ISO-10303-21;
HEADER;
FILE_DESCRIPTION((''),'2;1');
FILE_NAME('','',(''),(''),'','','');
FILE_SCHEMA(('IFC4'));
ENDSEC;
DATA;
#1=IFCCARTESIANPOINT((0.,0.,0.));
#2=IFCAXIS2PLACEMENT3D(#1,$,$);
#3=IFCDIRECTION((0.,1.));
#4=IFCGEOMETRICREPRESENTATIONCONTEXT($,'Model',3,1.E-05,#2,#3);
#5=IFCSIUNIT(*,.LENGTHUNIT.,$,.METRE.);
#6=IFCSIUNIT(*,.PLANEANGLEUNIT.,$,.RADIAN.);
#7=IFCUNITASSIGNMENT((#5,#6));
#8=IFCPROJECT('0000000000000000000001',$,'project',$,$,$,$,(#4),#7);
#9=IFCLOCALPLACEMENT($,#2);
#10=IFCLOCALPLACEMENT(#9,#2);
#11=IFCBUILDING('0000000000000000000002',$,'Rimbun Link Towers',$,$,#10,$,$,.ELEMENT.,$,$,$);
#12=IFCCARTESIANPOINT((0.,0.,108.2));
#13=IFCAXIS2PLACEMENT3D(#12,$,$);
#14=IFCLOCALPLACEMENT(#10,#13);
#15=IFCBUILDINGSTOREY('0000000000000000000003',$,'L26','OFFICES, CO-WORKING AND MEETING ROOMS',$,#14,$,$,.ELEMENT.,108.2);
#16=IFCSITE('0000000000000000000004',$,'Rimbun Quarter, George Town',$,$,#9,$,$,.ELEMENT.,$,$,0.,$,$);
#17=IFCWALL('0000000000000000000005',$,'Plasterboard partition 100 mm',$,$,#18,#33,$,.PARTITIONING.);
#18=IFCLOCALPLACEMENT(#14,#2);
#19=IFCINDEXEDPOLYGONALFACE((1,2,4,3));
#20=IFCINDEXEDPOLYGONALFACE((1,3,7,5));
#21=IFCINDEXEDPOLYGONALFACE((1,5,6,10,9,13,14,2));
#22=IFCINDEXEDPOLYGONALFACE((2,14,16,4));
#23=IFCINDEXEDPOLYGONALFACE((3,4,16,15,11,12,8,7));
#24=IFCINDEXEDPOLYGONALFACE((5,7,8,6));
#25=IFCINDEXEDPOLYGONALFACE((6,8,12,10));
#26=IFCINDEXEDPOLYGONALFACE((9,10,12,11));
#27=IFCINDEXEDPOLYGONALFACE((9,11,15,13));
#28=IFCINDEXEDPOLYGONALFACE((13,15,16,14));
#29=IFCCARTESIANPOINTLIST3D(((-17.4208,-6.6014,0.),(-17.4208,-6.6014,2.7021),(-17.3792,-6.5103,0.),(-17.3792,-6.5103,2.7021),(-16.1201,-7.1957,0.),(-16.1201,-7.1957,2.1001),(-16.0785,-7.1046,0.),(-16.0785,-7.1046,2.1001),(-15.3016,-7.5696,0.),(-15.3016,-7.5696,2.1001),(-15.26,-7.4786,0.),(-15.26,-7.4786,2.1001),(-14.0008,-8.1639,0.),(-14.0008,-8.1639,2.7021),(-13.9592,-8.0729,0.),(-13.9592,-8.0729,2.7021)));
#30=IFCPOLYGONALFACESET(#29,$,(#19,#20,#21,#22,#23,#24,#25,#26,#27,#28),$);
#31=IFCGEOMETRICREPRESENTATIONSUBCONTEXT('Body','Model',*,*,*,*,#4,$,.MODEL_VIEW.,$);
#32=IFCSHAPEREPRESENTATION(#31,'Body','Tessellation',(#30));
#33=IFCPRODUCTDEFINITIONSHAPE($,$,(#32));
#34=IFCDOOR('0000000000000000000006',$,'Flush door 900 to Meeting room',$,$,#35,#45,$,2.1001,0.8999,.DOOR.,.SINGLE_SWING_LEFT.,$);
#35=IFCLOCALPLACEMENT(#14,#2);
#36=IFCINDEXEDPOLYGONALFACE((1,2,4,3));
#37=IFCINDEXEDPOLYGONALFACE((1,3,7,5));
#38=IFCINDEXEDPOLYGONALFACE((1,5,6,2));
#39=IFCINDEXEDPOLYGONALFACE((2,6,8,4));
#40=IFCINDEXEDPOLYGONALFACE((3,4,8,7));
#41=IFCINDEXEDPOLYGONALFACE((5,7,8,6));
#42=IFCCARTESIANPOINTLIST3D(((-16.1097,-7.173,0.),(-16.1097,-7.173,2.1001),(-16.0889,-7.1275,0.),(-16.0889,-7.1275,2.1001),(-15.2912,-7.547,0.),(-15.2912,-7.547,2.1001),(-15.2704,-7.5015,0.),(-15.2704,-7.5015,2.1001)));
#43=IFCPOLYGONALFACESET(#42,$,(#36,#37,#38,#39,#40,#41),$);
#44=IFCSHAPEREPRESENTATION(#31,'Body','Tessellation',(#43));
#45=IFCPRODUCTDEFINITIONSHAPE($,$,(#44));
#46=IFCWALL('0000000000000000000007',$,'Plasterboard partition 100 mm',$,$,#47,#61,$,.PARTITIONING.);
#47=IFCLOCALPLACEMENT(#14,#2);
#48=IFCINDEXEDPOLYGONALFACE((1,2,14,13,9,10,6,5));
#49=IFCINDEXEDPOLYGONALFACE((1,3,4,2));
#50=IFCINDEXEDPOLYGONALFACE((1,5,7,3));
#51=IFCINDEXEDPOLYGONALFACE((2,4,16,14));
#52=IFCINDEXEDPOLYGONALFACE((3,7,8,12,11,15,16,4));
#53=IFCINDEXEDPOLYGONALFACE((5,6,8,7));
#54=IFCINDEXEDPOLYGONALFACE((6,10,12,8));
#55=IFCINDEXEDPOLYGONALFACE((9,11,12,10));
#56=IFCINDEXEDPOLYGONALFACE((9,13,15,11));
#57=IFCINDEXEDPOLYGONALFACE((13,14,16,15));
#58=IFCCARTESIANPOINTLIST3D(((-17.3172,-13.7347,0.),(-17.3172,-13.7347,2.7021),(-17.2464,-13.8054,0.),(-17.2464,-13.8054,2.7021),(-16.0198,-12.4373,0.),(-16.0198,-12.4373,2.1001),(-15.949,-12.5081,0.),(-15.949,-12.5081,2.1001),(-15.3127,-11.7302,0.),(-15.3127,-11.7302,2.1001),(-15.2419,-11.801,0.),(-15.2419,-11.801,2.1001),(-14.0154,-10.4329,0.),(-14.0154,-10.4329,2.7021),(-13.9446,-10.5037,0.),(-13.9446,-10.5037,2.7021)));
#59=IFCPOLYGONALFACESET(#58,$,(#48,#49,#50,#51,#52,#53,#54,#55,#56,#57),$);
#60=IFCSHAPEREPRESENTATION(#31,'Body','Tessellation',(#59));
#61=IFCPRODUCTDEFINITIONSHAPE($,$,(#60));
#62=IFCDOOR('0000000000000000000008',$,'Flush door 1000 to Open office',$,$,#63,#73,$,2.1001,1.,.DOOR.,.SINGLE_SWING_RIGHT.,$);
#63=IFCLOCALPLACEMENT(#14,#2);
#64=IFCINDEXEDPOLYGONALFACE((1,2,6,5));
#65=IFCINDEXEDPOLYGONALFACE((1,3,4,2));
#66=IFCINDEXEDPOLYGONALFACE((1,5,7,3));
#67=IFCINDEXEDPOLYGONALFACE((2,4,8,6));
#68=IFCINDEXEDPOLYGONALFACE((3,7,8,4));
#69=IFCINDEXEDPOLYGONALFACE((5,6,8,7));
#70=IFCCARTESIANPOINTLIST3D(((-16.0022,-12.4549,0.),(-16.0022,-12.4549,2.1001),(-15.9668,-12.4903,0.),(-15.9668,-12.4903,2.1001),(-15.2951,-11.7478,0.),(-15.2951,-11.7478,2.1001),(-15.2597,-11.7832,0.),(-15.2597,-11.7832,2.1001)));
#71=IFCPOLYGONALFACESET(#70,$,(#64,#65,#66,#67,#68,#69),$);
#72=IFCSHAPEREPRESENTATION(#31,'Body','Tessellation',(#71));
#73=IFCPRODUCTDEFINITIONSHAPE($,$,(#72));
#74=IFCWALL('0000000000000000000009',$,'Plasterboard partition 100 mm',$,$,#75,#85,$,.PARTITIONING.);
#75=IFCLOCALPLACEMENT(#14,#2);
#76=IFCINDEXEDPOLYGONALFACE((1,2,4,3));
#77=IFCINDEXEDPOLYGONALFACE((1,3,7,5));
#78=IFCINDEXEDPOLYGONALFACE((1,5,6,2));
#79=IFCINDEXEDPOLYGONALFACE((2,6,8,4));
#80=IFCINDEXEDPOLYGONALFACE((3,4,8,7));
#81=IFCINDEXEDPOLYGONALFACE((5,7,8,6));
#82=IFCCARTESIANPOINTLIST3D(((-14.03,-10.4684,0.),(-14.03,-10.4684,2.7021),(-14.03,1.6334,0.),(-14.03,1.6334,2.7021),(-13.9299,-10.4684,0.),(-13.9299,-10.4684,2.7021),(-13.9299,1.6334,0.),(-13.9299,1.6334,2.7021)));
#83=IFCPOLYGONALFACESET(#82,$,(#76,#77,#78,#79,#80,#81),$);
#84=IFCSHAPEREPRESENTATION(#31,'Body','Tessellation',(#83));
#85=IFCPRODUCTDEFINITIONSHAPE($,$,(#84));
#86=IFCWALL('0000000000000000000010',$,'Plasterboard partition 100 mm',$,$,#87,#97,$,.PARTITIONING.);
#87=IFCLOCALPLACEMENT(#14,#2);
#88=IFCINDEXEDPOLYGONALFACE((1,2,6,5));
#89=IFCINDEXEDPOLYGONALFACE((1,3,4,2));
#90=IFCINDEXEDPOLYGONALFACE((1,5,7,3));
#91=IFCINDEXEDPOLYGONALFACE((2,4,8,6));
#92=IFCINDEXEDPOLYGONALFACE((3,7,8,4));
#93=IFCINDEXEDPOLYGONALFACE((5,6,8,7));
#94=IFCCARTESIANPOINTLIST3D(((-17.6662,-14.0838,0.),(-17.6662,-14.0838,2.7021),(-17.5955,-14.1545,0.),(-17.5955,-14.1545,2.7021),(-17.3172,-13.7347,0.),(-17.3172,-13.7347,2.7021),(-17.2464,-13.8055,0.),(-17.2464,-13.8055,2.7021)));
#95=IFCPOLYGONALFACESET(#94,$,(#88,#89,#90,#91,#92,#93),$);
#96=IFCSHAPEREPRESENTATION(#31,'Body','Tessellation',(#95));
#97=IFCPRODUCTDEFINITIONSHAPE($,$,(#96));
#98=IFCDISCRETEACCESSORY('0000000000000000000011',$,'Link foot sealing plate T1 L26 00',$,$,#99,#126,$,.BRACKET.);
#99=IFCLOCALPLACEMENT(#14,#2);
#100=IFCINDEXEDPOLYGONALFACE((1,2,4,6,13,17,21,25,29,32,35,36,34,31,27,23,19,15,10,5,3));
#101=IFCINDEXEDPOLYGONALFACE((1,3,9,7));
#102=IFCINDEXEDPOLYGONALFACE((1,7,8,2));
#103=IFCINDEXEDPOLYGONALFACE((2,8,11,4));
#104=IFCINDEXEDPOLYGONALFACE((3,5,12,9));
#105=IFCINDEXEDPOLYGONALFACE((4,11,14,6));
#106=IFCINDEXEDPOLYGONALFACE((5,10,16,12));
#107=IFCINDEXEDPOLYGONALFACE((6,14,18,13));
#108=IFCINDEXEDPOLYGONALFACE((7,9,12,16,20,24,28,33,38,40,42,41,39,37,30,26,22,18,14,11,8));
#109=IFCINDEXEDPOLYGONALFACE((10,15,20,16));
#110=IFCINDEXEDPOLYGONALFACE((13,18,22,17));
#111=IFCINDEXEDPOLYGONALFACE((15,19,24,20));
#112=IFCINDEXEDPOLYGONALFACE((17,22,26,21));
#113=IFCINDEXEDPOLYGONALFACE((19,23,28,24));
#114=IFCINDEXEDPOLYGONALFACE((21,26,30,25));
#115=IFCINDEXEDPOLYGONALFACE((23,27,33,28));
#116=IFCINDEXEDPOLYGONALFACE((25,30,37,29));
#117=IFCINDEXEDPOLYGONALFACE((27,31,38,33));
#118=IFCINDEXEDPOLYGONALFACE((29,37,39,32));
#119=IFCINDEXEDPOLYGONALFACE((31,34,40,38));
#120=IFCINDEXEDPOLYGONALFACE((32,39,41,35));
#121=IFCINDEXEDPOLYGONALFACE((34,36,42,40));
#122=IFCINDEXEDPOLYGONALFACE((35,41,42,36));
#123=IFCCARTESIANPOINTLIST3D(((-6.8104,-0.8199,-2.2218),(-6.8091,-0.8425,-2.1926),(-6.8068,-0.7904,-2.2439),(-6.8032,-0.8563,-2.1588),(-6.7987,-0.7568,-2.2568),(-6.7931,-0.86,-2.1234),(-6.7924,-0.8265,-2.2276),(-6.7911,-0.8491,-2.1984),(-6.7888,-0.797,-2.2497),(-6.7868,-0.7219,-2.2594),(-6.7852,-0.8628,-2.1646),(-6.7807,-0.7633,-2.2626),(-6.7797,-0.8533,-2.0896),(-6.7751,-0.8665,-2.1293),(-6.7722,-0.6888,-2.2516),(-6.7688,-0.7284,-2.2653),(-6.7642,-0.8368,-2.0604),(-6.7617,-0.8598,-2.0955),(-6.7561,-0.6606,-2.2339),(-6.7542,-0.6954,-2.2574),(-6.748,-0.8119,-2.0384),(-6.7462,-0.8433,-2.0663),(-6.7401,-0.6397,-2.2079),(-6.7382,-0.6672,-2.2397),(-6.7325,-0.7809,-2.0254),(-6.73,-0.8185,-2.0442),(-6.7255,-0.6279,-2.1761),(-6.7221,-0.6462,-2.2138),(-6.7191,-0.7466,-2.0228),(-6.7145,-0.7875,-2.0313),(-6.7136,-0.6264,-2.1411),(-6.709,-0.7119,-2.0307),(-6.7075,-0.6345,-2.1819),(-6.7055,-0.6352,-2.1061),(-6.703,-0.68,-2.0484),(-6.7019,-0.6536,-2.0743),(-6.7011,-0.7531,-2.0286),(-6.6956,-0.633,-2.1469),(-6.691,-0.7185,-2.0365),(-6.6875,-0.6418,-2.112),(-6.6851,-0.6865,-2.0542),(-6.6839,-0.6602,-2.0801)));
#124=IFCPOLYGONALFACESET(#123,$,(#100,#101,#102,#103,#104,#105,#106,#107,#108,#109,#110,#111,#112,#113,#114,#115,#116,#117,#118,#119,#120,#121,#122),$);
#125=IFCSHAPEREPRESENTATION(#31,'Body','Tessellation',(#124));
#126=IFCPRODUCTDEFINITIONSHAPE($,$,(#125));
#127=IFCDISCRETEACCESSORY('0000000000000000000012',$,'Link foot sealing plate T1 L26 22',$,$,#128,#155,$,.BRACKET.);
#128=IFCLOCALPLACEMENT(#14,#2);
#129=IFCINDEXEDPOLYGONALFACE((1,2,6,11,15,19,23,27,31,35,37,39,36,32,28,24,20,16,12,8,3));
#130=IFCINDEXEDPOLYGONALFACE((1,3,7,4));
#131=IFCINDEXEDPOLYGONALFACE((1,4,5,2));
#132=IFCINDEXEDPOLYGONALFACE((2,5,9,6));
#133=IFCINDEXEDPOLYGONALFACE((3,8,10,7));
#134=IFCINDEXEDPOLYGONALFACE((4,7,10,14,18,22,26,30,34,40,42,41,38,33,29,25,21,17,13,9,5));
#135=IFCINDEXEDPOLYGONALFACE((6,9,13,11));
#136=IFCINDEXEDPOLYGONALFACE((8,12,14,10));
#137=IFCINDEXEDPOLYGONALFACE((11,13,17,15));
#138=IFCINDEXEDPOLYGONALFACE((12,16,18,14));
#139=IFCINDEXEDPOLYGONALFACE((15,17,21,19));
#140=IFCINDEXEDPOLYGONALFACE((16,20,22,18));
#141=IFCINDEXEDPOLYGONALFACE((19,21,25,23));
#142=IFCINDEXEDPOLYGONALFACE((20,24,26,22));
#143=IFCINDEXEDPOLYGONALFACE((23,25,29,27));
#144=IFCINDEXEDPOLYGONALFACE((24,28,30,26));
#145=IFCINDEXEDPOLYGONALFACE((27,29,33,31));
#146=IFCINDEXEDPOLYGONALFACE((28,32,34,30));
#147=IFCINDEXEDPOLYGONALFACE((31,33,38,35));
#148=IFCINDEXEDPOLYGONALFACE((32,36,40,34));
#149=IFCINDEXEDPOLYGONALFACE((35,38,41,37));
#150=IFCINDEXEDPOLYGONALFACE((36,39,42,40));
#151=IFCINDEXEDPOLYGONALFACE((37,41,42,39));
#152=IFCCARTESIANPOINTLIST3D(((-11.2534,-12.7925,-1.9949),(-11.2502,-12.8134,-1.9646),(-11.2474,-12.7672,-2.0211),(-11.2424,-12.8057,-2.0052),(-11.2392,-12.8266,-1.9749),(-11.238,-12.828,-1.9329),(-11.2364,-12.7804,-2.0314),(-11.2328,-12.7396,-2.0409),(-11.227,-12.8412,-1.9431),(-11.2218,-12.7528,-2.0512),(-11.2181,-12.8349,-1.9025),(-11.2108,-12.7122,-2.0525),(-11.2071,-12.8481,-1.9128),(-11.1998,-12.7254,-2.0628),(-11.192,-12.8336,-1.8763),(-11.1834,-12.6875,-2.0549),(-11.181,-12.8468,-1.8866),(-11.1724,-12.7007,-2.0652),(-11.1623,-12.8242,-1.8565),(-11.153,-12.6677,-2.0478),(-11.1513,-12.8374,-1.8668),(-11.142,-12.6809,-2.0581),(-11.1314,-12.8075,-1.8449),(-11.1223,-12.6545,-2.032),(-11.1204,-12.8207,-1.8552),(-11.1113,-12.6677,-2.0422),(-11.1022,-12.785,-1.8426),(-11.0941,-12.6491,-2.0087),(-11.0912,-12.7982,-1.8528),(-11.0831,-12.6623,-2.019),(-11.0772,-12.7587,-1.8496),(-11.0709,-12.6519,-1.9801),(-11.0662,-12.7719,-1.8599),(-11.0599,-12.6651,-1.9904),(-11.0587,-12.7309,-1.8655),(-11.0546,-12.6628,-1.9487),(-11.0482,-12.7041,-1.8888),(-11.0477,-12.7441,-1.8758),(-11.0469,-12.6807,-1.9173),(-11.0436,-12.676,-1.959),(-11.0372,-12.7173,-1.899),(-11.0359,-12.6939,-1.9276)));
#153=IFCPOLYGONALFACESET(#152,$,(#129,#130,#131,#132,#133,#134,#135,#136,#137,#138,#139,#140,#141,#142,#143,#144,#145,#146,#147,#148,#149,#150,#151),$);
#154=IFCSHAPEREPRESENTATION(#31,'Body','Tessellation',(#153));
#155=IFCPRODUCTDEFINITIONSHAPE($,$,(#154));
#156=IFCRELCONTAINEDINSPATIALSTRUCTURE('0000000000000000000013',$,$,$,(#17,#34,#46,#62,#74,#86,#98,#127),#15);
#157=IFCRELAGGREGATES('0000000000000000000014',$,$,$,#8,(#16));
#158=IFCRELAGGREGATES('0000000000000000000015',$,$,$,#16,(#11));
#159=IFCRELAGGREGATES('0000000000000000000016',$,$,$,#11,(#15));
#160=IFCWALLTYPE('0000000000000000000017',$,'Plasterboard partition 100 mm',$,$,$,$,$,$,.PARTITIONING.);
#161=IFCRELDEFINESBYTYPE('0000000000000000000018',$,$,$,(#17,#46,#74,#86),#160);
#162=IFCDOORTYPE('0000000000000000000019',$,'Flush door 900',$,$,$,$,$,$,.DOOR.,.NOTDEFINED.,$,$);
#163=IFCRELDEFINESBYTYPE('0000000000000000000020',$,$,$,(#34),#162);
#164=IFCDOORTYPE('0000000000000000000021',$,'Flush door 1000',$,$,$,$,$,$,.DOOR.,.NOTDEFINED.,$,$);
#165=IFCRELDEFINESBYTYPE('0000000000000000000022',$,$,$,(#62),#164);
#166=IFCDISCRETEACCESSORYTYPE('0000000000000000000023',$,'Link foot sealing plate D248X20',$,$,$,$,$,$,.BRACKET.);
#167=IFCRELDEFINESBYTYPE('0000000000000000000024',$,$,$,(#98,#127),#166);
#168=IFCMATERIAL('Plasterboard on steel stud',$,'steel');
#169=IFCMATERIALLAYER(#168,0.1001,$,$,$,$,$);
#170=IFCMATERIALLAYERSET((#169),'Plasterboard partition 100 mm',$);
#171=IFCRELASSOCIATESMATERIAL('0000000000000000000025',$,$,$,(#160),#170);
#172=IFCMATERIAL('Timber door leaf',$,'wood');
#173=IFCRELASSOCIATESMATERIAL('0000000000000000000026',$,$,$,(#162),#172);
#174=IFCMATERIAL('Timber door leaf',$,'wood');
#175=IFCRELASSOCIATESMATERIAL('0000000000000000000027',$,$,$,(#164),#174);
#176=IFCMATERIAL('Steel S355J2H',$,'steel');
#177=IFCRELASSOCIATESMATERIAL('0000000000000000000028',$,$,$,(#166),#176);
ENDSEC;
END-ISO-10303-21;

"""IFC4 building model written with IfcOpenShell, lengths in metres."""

from ifc_helpers import new_model, si_unit, direction, frame, frame_2d, origin, origin_2d, place, context, subcontext, project, spatial, rectangle, circle, extrude, material, layer, layer_set, material_profile, profile_set, type_object, element, fill, save


model = new_model("IFC4")

# Units and contexts
model_context = context("Model", 3, precision=1e-05, world=origin(), true_north=direction((0.0, 1.0)))
body_context = subcontext(model_context, "Body", "Model", "MODEL_VIEW")
ifc_project = project(units=[si_unit("LENGTHUNIT", "METRE"), si_unit("PLANEANGLEUNIT", "RADIAN")], contexts=[model_context])

# Site, building, storey
site_placement = place(None, origin())
site = spatial("IfcSite", under=ifc_project, at=site_placement, Name="Rimbun Quarter, George Town", CompositionType="ELEMENT", RefElevation=0.0)
building_placement = place(site_placement, origin())
building = spatial("IfcBuilding", under=site, at=building_placement, Name="Rimbun Link Towers", CompositionType="ELEMENT")
storey_placement = place(building_placement, frame((0.0, 0.0, 108.2)))
storey = spatial("IfcBuildingStorey", under=building, at=storey_placement, Name="L26", Description="OFFICES, CO-WORKING AND MEETING ROOMS", CompositionType="ELEMENT", Elevation=108.2)

# Walls, openings, doors
ifc_material_1 = material(Name="Plasterboard on steel stud", Category="steel")
ifc_layer_1 = layer(ifc_material_1, 0.1001)
ifc_layer_set_1 = layer_set([ifc_layer_1], Name="Plasterboard partition 100 mm")
wall_type_1 = type_object("IfcWallType", Name="Plasterboard partition 100 mm", PredefinedType="PARTITIONING", material=ifc_layer_set_1)
wall_1_placement = place(storey_placement, frame((-17.3999, -6.5559, 0.0), z_axis=(0.0, 0.0, 1.0), x_axis=(0.909564, -0.415563, 0.0)))
wall_1 = element("IfcWall", 1, at=wall_1_placement, inside=storey, type_object=wall_type_1, Name="Plasterboard partition 100 mm", PredefinedType="PARTITIONING", context=body_context, shape_type="SweptSolid", body=[
    extrude(rectangle(XDim=3.76, YDim=0.1001, at=frame_2d((1.8799, 0.0))), origin(), (0.0, 0.0, 1.0), 2.7021),
])
opening_1_placement = place(wall_1_placement, frame((1.4299, 0.0, 0.0)))
opening_1 = element("IfcOpeningElement", 2, at=opening_1_placement, cuts=wall_1, PredefinedType="OPENING", context=body_context, shape_type="SweptSolid", body=[
    extrude(rectangle(XDim=0.8999, YDim=2.1001, at=frame_2d((0.45, 1.05))), frame((0.0, 0.0601, 0.0), z_axis=(0.0, -1.0, 0.0), x_axis=(1.0, 0.0, 0.0)), (0.0, 0.0, 1.0), 0.1201),
])
ifc_material_2 = material(Name="Timber door leaf", Category="wood")
door_type_1 = type_object("IfcDoorType", Name="Flush door 900", OperationType="NOTDEFINED", PredefinedType="DOOR", material=ifc_material_2)
door_1_placement = place(opening_1_placement, origin())
door_1 = element("IfcDoor", 3, at=door_1_placement, inside=storey, type_object=door_type_1, Name="Flush door 900 to Meeting room", OperationType="SINGLE_SWING_LEFT", OverallHeight=2.1001, OverallWidth=0.8999, PredefinedType="DOOR", context=body_context, shape_type="SweptSolid", body=[
    extrude(rectangle(XDim=0.8999, YDim=2.1001, at=frame_2d((0.45, 1.05))), frame((0.0, 0.0249, 0.0), z_axis=(0.0, -1.0, 0.0), x_axis=(1.0, 0.0, 0.0)), (0.0, 0.0, 1.0), 0.05),
])
fill(opening_1, door_1)
wall_2_placement = place(storey_placement, frame((-13.98, -10.4683, 0.0), z_axis=(0.0, 0.0, 1.0), x_axis=(-0.707107, -0.707107, 0.0)))
wall_2 = element("IfcWall", 4, at=wall_2_placement, inside=storey, type_object=wall_type_1, Name="Plasterboard partition 100 mm", PredefinedType="PARTITIONING", context=body_context, shape_type="SweptSolid", body=[
    extrude(rectangle(XDim=4.6694, YDim=0.1001, at=frame_2d((2.3347, 0.0))), origin(), (0.0, 0.0, 1.0), 2.7021),
])
opening_2_placement = place(wall_2_placement, frame((1.8347, 0.0, 0.0)))
opening_2 = element("IfcOpeningElement", 5, at=opening_2_placement, cuts=wall_2, PredefinedType="OPENING", context=body_context, shape_type="SweptSolid", body=[
    extrude(rectangle(XDim=1.0, YDim=2.1001, at=frame_2d((0.5, 1.05))), frame((0.0, 0.0601, 0.0), z_axis=(0.0, -1.0, 0.0), x_axis=(1.0, 0.0, 0.0)), (0.0, 0.0, 1.0), 0.1201),
])
ifc_material_3 = material(Name="Timber door leaf", Category="wood")
door_type_2 = type_object("IfcDoorType", Name="Flush door 1000", OperationType="NOTDEFINED", PredefinedType="DOOR", material=ifc_material_3)
door_2_placement = place(opening_2_placement, origin())
door_2 = element("IfcDoor", 6, at=door_2_placement, inside=storey, type_object=door_type_2, Name="Flush door 1000 to Open office", OperationType="SINGLE_SWING_RIGHT", OverallHeight=2.1001, OverallWidth=1.0, PredefinedType="DOOR", context=body_context, shape_type="SweptSolid", body=[
    extrude(rectangle(XDim=1.0, YDim=2.1001, at=frame_2d((0.5, 1.05))), frame((0.0, 0.0249, 0.0), z_axis=(0.0, -1.0, 0.0), x_axis=(1.0, 0.0, 0.0)), (0.0, 0.0, 1.0), 0.05),
])
fill(opening_2, door_2)

# Walls
wall_3_placement = place(storey_placement, frame((-13.98, -10.4683, 0.0), z_axis=(0.0, 0.0, 1.0), x_axis=(0.0, 1.0, 0.0)))
element("IfcWall", 7, at=wall_3_placement, inside=storey, type_object=wall_type_1, Name="Plasterboard partition 100 mm", PredefinedType="PARTITIONING", context=body_context, shape_type="SweptSolid", body=[
    extrude(rectangle(XDim=12.1018, YDim=0.1001, at=frame_2d((6.0508, 0.0))), origin(), (0.0, 0.0, 1.0), 2.7021),
])
wall_4_placement = place(storey_placement, frame((-17.6309, -14.1191, 0.0), z_axis=(0.0, 0.0, 1.0), x_axis=(0.707107, 0.707107, 0.0)))
element("IfcWall", 8, at=wall_4_placement, inside=storey, type_object=wall_type_1, Name="Plasterboard partition 100 mm", PredefinedType="PARTITIONING", context=body_context, shape_type="SweptSolid", body=[
    extrude(rectangle(XDim=0.4937, YDim=0.1001, at=frame_2d((0.2468, 0.0))), origin(), (0.0, 0.0, 1.0), 2.7021),
])

# Discrete accessories
ifc_material_4 = material(Name="Steel S355J2H", Category="steel")
ifc_material_profile_1 = material_profile(ifc_material_4, circle(Radius=0.124, at=origin_2d()), Name="PL D248")
ifc_profile_set_1 = profile_set([ifc_material_profile_1], Name="Steel S355J2H")
discrete_accessory_type = type_object("IfcDiscreteAccessoryType", Name="Link foot sealing plate D248X20", PredefinedType="BRACKET", material=ifc_profile_set_1)
for number, where, z_axis, x_axis, name in (
    (9, (-6.7561, -0.7429, -2.1411), (0.898638, -0.327881, -0.29145), (0.342762, 0.939422, 0.0), "Link foot sealing plate T1 L26 00"),
    (10, (-11.1499, -12.7422, -1.9487), (0.549557, -0.659469, -0.51292), (0.768221, 0.640184, 0.0), "Link foot sealing plate T1 L26 22"),
):
    element("IfcDiscreteAccessory", number, at=place(storey_placement, frame(where, z_axis=z_axis, x_axis=x_axis)), inside=storey, type_object=discrete_accessory_type, Name=name, PredefinedType="BRACKET", context=body_context, shape_type="SweptSolid", body=[
        extrude(circle(Radius=0.124, at=origin_2d()), origin(), (0.0, 0.0, 1.0), 0.02),
    ])

save(model, "model.ifc")
